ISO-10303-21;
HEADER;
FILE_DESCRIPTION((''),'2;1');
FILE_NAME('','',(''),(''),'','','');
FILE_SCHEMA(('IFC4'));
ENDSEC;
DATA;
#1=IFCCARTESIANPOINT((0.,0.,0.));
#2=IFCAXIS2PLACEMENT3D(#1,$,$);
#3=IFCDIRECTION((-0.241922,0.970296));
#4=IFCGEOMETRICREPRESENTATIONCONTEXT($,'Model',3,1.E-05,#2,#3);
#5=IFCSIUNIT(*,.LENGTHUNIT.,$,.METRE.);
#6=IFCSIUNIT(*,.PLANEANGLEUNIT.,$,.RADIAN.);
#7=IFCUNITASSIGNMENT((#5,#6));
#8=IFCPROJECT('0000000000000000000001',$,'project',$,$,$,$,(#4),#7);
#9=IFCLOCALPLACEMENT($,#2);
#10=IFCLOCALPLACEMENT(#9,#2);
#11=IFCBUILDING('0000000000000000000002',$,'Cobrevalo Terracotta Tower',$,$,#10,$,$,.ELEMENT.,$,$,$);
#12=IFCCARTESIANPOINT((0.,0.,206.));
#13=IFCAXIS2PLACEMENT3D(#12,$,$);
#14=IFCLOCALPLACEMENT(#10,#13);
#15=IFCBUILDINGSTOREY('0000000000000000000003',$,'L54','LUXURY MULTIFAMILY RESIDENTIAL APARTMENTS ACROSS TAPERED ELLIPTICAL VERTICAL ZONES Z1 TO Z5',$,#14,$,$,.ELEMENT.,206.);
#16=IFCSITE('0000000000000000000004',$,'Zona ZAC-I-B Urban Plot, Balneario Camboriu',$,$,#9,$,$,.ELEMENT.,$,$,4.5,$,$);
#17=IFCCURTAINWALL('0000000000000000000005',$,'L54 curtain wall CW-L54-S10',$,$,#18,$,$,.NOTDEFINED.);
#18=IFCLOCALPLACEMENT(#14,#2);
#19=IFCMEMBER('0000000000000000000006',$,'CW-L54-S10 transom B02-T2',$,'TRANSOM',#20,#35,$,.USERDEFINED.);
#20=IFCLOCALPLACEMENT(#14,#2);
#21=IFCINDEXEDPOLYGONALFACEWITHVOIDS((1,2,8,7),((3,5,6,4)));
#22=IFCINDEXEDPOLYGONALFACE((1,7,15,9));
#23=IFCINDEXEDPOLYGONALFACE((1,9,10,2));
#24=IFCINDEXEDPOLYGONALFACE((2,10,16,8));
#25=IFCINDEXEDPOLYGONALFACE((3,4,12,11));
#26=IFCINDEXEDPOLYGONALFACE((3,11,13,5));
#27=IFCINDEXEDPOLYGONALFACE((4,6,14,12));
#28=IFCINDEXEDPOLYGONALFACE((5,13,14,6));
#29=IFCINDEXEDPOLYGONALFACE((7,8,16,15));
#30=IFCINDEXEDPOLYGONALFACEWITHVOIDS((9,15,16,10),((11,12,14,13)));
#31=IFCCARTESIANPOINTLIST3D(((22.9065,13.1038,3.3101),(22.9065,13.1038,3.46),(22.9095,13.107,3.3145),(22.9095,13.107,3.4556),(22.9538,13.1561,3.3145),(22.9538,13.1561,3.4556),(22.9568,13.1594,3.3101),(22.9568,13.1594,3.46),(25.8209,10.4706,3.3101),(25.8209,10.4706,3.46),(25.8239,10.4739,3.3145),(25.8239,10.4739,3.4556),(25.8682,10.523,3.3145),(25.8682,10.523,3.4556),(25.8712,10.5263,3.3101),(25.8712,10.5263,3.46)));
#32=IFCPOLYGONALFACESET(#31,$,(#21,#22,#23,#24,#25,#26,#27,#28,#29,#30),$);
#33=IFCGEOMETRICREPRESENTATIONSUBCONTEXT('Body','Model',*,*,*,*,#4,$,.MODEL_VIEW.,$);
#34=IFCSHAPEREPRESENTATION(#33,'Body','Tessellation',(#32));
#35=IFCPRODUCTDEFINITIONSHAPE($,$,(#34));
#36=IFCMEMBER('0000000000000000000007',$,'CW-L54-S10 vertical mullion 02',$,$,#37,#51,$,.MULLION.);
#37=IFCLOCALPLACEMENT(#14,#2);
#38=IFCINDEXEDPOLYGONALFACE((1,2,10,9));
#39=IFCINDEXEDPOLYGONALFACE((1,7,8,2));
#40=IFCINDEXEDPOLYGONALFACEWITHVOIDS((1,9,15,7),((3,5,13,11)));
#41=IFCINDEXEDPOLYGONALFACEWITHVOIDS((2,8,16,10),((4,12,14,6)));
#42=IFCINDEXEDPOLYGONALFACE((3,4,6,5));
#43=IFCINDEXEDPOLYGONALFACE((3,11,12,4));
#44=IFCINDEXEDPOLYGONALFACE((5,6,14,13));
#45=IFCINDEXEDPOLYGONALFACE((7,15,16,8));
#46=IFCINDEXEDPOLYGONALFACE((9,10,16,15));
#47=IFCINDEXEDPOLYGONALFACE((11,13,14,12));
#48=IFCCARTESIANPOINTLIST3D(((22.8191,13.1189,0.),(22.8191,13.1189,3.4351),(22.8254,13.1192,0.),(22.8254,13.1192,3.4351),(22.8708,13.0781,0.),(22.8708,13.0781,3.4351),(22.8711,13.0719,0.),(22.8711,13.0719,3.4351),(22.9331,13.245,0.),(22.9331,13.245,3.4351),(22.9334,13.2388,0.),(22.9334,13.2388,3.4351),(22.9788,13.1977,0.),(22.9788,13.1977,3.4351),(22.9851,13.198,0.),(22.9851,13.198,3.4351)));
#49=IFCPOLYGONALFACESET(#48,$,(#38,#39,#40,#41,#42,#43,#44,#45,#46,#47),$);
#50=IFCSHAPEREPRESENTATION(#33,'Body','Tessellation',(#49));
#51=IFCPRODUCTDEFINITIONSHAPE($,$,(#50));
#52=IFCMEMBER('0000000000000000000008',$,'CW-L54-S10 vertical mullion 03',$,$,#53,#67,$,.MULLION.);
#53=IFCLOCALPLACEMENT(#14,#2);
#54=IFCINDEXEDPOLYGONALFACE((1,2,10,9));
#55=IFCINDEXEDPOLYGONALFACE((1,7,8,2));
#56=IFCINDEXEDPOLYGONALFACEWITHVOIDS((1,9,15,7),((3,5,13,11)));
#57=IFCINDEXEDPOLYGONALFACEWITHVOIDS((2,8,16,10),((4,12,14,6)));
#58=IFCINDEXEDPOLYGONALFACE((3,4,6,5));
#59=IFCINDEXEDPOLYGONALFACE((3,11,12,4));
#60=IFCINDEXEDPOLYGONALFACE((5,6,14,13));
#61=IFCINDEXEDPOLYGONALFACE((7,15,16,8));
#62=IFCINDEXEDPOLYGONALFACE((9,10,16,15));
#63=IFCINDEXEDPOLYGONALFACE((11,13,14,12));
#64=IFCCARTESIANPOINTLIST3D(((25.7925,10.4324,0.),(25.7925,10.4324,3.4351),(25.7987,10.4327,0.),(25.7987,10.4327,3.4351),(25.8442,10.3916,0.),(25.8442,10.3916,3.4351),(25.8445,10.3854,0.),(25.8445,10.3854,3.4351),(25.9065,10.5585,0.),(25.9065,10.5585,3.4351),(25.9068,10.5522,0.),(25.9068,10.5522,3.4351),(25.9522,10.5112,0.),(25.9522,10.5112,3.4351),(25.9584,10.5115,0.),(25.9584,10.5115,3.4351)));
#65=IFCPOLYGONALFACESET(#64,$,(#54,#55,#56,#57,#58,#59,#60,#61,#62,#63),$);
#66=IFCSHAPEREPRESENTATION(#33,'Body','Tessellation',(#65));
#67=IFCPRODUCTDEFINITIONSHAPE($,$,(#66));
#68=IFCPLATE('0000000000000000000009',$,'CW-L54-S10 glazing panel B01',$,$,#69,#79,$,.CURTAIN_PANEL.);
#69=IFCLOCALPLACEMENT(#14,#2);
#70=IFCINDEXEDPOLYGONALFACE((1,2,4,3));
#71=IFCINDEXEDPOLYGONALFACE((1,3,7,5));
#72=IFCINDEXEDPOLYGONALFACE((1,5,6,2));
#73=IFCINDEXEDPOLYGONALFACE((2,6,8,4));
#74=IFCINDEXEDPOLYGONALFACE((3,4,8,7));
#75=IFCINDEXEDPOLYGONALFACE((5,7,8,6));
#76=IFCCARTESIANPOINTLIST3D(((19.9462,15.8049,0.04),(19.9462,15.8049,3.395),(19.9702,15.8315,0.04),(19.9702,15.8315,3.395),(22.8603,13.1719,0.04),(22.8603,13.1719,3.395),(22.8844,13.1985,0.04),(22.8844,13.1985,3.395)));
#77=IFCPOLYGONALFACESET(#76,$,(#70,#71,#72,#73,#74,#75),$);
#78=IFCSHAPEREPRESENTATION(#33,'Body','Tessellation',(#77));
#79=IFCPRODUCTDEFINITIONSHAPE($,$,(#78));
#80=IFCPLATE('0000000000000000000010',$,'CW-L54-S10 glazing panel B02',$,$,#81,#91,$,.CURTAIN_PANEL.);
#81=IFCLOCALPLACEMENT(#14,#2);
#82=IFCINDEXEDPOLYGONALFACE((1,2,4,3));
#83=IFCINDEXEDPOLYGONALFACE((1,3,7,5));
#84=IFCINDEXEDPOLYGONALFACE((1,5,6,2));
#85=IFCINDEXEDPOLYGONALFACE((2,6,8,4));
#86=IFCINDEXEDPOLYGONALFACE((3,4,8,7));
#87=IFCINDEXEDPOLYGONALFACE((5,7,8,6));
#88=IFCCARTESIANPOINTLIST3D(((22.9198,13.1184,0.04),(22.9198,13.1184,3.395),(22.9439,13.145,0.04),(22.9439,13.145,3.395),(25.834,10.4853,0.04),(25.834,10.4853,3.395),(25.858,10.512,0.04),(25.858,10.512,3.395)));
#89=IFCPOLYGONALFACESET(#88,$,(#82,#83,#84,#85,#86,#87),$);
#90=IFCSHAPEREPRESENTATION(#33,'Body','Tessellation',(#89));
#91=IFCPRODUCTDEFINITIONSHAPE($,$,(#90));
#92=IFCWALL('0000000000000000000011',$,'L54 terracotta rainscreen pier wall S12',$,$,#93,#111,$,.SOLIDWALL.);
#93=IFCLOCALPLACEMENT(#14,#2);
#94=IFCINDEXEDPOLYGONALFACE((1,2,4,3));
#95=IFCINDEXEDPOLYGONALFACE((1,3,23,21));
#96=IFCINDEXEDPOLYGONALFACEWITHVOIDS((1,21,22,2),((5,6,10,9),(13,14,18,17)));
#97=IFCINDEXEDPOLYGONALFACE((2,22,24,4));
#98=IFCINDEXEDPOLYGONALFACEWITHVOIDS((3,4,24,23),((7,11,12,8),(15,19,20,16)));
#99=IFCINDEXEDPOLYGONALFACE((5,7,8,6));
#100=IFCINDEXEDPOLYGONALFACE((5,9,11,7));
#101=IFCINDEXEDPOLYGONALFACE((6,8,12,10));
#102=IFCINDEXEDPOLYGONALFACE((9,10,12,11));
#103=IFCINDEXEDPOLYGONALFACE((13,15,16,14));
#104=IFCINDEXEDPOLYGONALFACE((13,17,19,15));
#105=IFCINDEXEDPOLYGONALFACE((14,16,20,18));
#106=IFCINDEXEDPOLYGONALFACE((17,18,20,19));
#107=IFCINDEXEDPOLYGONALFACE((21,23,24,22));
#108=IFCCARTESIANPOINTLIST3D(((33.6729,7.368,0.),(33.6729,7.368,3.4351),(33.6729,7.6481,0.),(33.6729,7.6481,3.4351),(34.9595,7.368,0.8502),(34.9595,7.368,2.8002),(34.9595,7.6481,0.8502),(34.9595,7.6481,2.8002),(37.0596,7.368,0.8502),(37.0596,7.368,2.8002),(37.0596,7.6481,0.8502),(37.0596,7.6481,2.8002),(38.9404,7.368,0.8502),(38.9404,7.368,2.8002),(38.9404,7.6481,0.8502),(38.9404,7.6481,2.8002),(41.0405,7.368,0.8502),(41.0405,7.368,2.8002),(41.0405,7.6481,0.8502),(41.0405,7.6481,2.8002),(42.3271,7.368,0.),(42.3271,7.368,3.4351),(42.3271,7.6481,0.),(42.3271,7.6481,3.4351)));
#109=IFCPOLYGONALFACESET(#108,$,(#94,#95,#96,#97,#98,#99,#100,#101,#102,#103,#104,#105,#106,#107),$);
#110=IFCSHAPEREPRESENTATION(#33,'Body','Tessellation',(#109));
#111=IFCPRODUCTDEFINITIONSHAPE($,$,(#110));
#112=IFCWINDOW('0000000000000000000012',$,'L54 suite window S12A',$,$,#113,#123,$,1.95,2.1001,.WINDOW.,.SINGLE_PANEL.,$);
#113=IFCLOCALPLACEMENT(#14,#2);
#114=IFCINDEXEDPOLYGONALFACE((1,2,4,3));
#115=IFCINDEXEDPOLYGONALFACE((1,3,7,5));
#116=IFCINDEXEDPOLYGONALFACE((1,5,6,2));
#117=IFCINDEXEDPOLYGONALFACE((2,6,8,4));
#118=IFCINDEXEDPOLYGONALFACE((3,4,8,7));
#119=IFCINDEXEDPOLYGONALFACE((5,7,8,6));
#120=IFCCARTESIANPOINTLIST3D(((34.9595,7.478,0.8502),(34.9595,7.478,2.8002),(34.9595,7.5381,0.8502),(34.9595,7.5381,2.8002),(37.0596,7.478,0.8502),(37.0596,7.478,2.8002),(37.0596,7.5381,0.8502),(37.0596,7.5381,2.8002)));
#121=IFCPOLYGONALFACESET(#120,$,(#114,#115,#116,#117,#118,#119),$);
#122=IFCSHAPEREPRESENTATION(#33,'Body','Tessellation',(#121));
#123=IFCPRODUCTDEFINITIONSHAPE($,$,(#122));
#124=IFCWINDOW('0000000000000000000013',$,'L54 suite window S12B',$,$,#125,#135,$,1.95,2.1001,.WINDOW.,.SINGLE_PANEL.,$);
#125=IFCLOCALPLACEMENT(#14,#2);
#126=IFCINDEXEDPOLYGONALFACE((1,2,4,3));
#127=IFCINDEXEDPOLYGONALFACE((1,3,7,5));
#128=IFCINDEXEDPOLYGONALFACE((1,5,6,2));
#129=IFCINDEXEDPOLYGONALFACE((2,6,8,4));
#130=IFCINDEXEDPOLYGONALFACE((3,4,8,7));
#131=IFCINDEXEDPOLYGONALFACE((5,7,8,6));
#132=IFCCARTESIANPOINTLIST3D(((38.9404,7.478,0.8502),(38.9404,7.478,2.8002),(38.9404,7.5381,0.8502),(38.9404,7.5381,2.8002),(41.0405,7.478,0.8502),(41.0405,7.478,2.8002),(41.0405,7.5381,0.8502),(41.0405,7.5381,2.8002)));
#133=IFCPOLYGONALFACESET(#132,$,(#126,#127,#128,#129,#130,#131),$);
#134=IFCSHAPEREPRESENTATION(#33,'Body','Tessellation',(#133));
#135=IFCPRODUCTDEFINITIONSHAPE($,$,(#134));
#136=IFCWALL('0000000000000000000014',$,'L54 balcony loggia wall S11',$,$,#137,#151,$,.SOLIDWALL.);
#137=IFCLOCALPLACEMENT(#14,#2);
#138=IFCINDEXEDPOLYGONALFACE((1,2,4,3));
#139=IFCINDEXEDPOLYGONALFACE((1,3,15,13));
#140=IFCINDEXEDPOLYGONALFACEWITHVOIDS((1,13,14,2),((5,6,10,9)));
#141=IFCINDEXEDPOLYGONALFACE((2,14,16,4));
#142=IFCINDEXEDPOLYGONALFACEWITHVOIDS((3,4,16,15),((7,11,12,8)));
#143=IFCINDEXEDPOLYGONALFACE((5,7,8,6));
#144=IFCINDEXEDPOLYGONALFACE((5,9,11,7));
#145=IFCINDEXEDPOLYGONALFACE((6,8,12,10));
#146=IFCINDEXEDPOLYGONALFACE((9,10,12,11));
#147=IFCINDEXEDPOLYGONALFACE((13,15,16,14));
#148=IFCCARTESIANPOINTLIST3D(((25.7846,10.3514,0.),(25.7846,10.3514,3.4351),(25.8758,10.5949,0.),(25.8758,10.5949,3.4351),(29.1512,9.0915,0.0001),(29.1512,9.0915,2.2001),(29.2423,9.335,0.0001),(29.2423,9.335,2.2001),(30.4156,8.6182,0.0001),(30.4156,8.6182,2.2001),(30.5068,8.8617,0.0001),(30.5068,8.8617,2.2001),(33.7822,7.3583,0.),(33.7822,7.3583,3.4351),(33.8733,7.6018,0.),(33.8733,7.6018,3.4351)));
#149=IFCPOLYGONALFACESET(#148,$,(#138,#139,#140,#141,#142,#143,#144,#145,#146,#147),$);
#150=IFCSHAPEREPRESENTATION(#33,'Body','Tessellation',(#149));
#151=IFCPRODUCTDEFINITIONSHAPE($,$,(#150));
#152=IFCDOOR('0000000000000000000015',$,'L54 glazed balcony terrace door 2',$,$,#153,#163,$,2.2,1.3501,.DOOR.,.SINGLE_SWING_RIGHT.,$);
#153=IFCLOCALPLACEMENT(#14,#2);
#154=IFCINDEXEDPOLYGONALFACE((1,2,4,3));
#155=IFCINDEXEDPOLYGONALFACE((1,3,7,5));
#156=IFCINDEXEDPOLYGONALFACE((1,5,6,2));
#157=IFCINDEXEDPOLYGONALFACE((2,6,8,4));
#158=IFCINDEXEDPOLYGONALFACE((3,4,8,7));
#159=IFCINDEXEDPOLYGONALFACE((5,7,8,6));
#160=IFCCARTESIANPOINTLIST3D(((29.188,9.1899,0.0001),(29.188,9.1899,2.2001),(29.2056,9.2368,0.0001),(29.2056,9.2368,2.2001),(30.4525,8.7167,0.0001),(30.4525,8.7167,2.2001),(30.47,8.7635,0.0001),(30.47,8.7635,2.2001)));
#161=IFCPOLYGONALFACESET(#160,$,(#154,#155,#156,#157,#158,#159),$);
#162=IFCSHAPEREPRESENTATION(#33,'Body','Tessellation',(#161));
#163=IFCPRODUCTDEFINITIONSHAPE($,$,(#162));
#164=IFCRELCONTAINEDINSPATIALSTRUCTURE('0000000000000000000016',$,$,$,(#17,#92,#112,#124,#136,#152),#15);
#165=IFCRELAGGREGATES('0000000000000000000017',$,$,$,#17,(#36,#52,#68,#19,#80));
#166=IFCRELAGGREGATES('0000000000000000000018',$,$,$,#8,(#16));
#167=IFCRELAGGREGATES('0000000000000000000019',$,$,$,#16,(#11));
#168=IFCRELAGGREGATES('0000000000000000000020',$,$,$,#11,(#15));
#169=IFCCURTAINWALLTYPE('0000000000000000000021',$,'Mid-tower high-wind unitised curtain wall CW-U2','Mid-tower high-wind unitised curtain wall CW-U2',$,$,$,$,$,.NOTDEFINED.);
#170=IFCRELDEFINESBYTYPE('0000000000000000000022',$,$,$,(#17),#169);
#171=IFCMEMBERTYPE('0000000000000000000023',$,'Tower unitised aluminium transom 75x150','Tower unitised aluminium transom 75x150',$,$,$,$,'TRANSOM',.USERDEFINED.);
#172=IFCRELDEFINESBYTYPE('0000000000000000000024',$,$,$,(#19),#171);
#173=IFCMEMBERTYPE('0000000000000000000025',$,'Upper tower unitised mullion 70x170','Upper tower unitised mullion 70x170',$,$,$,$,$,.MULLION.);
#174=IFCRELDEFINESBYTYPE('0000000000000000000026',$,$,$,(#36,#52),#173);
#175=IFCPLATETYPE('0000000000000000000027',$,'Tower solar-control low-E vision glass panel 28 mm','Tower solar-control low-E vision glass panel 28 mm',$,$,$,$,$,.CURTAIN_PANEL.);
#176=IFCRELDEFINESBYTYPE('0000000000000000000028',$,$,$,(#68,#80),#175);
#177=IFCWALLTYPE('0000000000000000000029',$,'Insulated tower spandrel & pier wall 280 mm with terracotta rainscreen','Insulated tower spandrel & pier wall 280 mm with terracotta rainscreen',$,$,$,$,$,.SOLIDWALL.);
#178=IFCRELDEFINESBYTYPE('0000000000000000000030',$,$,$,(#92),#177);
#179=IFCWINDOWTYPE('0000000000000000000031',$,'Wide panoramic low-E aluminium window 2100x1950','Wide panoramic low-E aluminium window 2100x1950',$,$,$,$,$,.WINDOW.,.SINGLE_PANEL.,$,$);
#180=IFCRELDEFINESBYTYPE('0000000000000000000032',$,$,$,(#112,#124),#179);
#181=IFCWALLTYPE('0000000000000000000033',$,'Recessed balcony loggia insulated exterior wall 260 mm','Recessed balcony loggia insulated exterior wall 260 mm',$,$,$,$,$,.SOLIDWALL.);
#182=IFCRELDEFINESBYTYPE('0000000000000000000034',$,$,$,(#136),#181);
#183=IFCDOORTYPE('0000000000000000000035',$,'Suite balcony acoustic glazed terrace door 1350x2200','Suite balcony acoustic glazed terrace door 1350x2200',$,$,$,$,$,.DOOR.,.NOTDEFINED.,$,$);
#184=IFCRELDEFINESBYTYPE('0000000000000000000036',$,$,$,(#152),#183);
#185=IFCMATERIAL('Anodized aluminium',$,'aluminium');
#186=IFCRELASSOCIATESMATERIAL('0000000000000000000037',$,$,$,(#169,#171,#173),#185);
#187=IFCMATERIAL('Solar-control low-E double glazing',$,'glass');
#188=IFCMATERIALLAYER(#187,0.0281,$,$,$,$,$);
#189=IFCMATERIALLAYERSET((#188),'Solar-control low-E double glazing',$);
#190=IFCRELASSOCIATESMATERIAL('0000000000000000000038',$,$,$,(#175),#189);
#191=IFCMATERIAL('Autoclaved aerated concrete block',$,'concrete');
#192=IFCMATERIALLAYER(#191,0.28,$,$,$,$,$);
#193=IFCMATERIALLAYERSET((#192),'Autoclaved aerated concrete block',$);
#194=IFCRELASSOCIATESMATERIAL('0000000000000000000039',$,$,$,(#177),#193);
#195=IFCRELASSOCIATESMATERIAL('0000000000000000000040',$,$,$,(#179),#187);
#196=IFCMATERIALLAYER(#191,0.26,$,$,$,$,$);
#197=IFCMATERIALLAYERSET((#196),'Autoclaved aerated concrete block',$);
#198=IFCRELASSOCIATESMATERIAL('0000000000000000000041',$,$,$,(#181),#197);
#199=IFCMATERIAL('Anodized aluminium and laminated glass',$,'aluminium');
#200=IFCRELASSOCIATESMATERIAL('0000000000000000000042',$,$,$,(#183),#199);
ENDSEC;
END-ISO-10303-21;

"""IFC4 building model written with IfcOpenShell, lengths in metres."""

from ifc_helpers import new_model, si_unit, direction, frame, frame_2d, origin, origin_2d, place, context, subcontext, project, spatial, rectangle, hollow_rectangle, extrude, source, transform, mapped, material, layer, layer_set, material_profile, profile_set, type_object, element, fill, aggregate, save


model = new_model("IFC4")

# Units and contexts
model_context = context("Model", 3, precision=1e-05, world=origin(), true_north=direction((-0.241922, 0.970296)))
body_context = subcontext(model_context, "Body", "Model", "MODEL_VIEW")
ifc_project = project(units=[si_unit("LENGTHUNIT", "METRE"), si_unit("PLANEANGLEUNIT", "RADIAN")], contexts=[model_context])

# Site, building, storey
site_placement = place(None, origin())
site = spatial("IfcSite", under=ifc_project, at=site_placement, Name="Zona ZAC-I-B Urban Plot, Balneario Camboriu", CompositionType="ELEMENT", RefElevation=4.5)
building_placement = place(site_placement, origin())
building = spatial("IfcBuilding", under=site, at=building_placement, Name="Cobrevalo Terracotta Tower", CompositionType="ELEMENT")
storey_placement = place(building_placement, frame((0.0, 0.0, 206.0)))
storey = spatial("IfcBuildingStorey", under=building, at=storey_placement, Name="L54", Description="LUXURY MULTIFAMILY RESIDENTIAL APARTMENTS ACROSS TAPERED ELLIPTICAL VERTICAL ZONES Z1 TO Z5", CompositionType="ELEMENT", Elevation=206.0)

# Curtain wall, members, plates
ifc_material_1 = material(Name="Anodized aluminium", Category="aluminium")
curtain_wall_type = type_object("IfcCurtainWallType", Name="Mid-tower high-wind unitised curtain wall CW-U2", Description="Mid-tower high-wind unitised curtain wall CW-U2", PredefinedType="NOTDEFINED", material=ifc_material_1)
curtain_wall_placement = place(storey_placement, origin())
curtain_wall = element("IfcCurtainWall", 1, at=curtain_wall_placement, inside=storey, type_object=curtain_wall_type, Name="L54 curtain wall CW-L54-S10", PredefinedType="NOTDEFINED")
ifc_material_profile_1 = material_profile(ifc_material_1, hollow_rectangle(XDim=0.075, YDim=0.1499, WallThickness=0.0044, at=origin_2d()), Name="CWT 75x150")
ifc_profile_set_1 = profile_set([ifc_material_profile_1], Name="Anodized aluminium")
member_type_1 = type_object("IfcMemberType", Name="Tower unitised aluminium transom 75x150", Description="Tower unitised aluminium transom 75x150", ElementType="TRANSOM", PredefinedType="USERDEFINED", material=ifc_profile_set_1)
shared_shape_1 = source(origin(), body_context, "Body", "SweptSolid", [
    extrude(hollow_rectangle(XDim=0.075, YDim=0.1499, WallThickness=0.0044, at=origin_2d()), origin(), (0.0, 0.0, 1.0), 3.9277),
])
member_1_placement = place(storey_placement, frame((22.9316, 13.1316, 3.385), z_axis=(0.742004, -0.670396, 0.0), x_axis=(0.670396, 0.742004, 0.0)))
member_1 = element("IfcMember", 2, at=member_1_placement, type_object=member_type_1, Name="CW-L54-S10 transom B02-T2", ObjectType="TRANSOM", PredefinedType="USERDEFINED", context=body_context, shape_type="MappedRepresentation", body=[
    mapped(shared_shape_1, transform((0.0, 0.0, 0.0), scale=1.0)),
])
ifc_material_profile_2 = material_profile(ifc_material_1, hollow_rectangle(XDim=0.0701, YDim=0.1699, WallThickness=0.0044, at=origin_2d()), Name="CWM 70x170")
ifc_profile_set_2 = profile_set([ifc_material_profile_2], Name="Anodized aluminium")
member_type_2 = type_object("IfcMemberType", Name="Upper tower unitised mullion 70x170", Description="Upper tower unitised mullion 70x170", PredefinedType="MULLION", material=ifc_profile_set_2)
shared_shape_2 = source(origin(), body_context, "Body", "SweptSolid", [
    extrude(hollow_rectangle(XDim=0.0701, YDim=0.1699, WallThickness=0.0044, at=origin_2d()), origin(), (0.0, 0.0, 1.0), 3.4351),
])
member_2_placement = place(storey_placement, frame((22.9021, 13.1584, 0.0), z_axis=(0.0, 0.0, 1.0), x_axis=(0.741988, -0.670414, 0.0)))
member_2 = element("IfcMember", 3, at=member_2_placement, type_object=member_type_2, Name="CW-L54-S10 vertical mullion 02", PredefinedType="MULLION", context=body_context, shape_type="MappedRepresentation", body=[
    mapped(shared_shape_2, transform((0.0, 0.0, 0.0), scale=1.0)),
])
member_3_placement = place(storey_placement, frame((25.8755, 10.4719, 0.0), z_axis=(0.0, 0.0, 1.0), x_axis=(0.741988, -0.670414, 0.0)))
member_3 = element("IfcMember", 4, at=member_3_placement, type_object=member_type_2, Name="CW-L54-S10 vertical mullion 03", PredefinedType="MULLION", context=body_context, shape_type="MappedRepresentation", body=[
    mapped(shared_shape_2, transform((0.0, 0.0, 0.0), scale=1.0)),
])
ifc_material_2 = material(Name="Solar-control low-E double glazing", Category="glass")
ifc_layer_1 = layer(ifc_material_2, 0.0281)
ifc_layer_set_1 = layer_set([ifc_layer_1], Name="Solar-control low-E double glazing")
plate_type = type_object("IfcPlateType", Name="Tower solar-control low-E vision glass panel 28 mm", Description="Tower solar-control low-E vision glass panel 28 mm", PredefinedType="CURTAIN_PANEL", material=ifc_layer_set_1)
shared_shape_3 = source(origin(), body_context, "Body", "SweptSolid", [
    extrude(rectangle(XDim=3.9275, YDim=0.0359, at=origin_2d()), origin(), (0.0, 0.0, 1.0), 3.355),
])
plate_1_placement = place(storey_placement, frame((21.4153, 14.5017, 0.04), z_axis=(0.0, 0.0, 1.0), x_axis=(0.741988, -0.670414, 0.0)))
plate_1 = element("IfcPlate", 5, at=plate_1_placement, type_object=plate_type, Name="CW-L54-S10 glazing panel B01", PredefinedType="CURTAIN_PANEL", context=body_context, shape_type="MappedRepresentation", body=[
    mapped(shared_shape_3, transform((0.0, 0.0, 0.0), scale=1.0)),
])
plate_2_placement = place(storey_placement, frame((24.3889, 11.8152, 0.04), z_axis=(0.0, 0.0, 1.0), x_axis=(0.741988, -0.670414, 0.0)))
plate_2 = element("IfcPlate", 6, at=plate_2_placement, type_object=plate_type, Name="CW-L54-S10 glazing panel B02", PredefinedType="CURTAIN_PANEL", context=body_context, shape_type="MappedRepresentation", body=[
    mapped(shared_shape_3, transform((0.0, 0.0, 0.0), scale=1.0)),
])
aggregate(curtain_wall, [member_2, member_3, plate_1, member_1, plate_2])

# Wall, openings, windows
ifc_material_3 = material(Name="Autoclaved aerated concrete block", Category="concrete")
ifc_layer_2 = layer(ifc_material_3, 0.28)
ifc_layer_set_2 = layer_set([ifc_layer_2], Name="Autoclaved aerated concrete block")
wall_type_1 = type_object("IfcWallType", Name="Insulated tower spandrel & pier wall 280 mm with terracotta rainscreen", Description="Insulated tower spandrel & pier wall 280 mm with terracotta rainscreen", PredefinedType="SOLIDWALL", material=ifc_layer_set_2)
wall_1_placement = place(storey_placement, frame((33.6729, 7.5081, 0.0), z_axis=(0.0, 0.0, 1.0), x_axis=(1.0, 0.0, 0.0)))
wall_1 = element("IfcWall", 7, at=wall_1_placement, inside=storey, type_object=wall_type_1, Name="L54 terracotta rainscreen pier wall S12", PredefinedType="SOLIDWALL", context=body_context, shape_type="SweptSolid", body=[
    extrude(rectangle(XDim=8.6543, YDim=0.28, at=frame_2d((4.3271, 0.0))), origin(), (0.0, 0.0, 1.0), 3.4351),
])
opening_1_placement = place(wall_1_placement, frame((1.2866, 0.0, 0.8501)))
opening_1 = element("IfcOpeningElement", 8, at=opening_1_placement, cuts=wall_1, PredefinedType="OPENING", context=body_context, shape_type="SweptSolid", body=[
    extrude(rectangle(XDim=2.1001, YDim=1.95, at=frame_2d((1.05, 0.9751))), frame((0.0, 0.1499, 0.0), z_axis=(0.0, -1.0, 0.0), x_axis=(1.0, 0.0, 0.0)), (0.0, 0.0, 1.0), 0.3),
])
opening_2_placement = place(wall_1_placement, frame((5.2676, 0.0, 0.8501)))
opening_2 = element("IfcOpeningElement", 9, at=opening_2_placement, cuts=wall_1, PredefinedType="OPENING", context=body_context, shape_type="SweptSolid", body=[
    extrude(rectangle(XDim=2.1001, YDim=1.95, at=frame_2d((1.05, 0.9751))), frame((0.0, 0.1499, 0.0), z_axis=(0.0, -1.0, 0.0), x_axis=(1.0, 0.0, 0.0)), (0.0, 0.0, 1.0), 0.3),
])
window_type = type_object("IfcWindowType", Name="Wide panoramic low-E aluminium window 2100x1950", Description="Wide panoramic low-E aluminium window 2100x1950", PartitioningType="SINGLE_PANEL", PredefinedType="WINDOW", material=ifc_material_2)
shared_shape_4 = source(origin(), body_context, "Body", "SweptSolid", [
    extrude(rectangle(XDim=2.1001, YDim=1.95, at=frame_2d((1.05, 0.9751))), frame((0.0, 0.03, 0.0), z_axis=(0.0, -1.0, 0.0), x_axis=(1.0, 0.0, 0.0)), (0.0, 0.0, 1.0), 0.0601),
])
window_1_placement = place(opening_1_placement, origin())
window_1 = element("IfcWindow", 10, at=window_1_placement, inside=storey, type_object=window_type, Name="L54 suite window S12A", OverallHeight=1.95, OverallWidth=2.1001, PartitioningType="SINGLE_PANEL", PredefinedType="WINDOW", context=body_context, shape_type="MappedRepresentation", body=[
    mapped(shared_shape_4, transform((0.0, 0.0, 0.0), scale=1.0)),
])
fill(opening_1, window_1)
window_2_placement = place(opening_2_placement, origin())
window_2 = element("IfcWindow", 11, at=window_2_placement, inside=storey, type_object=window_type, Name="L54 suite window S12B", OverallHeight=1.95, OverallWidth=2.1001, PartitioningType="SINGLE_PANEL", PredefinedType="WINDOW", context=body_context, shape_type="MappedRepresentation", body=[
    mapped(shared_shape_4, transform((0.0, 0.0, 0.0), scale=1.0)),
])
fill(opening_2, window_2)

# Wall, opening, door
ifc_layer_3 = layer(ifc_material_3, 0.26)
ifc_layer_set_3 = layer_set([ifc_layer_3], Name="Autoclaved aerated concrete block")
wall_type_2 = type_object("IfcWallType", Name="Recessed balcony loggia insulated exterior wall 260 mm", Description="Recessed balcony loggia insulated exterior wall 260 mm", PredefinedType="SOLIDWALL", material=ifc_layer_set_3)
wall_2_placement = place(storey_placement, frame((25.8303, 10.4731, 0.0), z_axis=(0.0, 0.0, 1.0), x_axis=(0.936557, -0.350516, 0.0)))
wall_2 = element("IfcWall", 12, at=wall_2_placement, inside=storey, type_object=wall_type_2, Name="L54 balcony loggia wall S11", PredefinedType="SOLIDWALL", context=body_context, shape_type="SweptSolid", body=[
    extrude(rectangle(XDim=8.5393, YDim=0.26, at=frame_2d((4.2695, 0.0))), origin(), (0.0, 0.0, 1.0), 3.4351),
])
opening_3_placement = place(wall_2_placement, frame((3.5945, 0.0, 0.0)))
opening_3 = element("IfcOpeningElement", 13, at=opening_3_placement, cuts=wall_2, PredefinedType="OPENING", context=body_context, shape_type="SweptSolid", body=[
    extrude(rectangle(XDim=1.3501, YDim=2.2, at=frame_2d((0.675, 1.1001))), frame((0.0, 0.1401, 0.0), z_axis=(0.0, -1.0, 0.0), x_axis=(1.0, 0.0, 0.0)), (0.0, 0.0, 1.0), 0.28),
])
ifc_material_4 = material(Name="Anodized aluminium and laminated glass", Category="aluminium")
door_type_1 = type_object("IfcDoorType", Name="Suite balcony acoustic glazed terrace door 1350x2200", Description="Suite balcony acoustic glazed terrace door 1350x2200", OperationType="NOTDEFINED", PredefinedType="DOOR", material=ifc_material_4)
shared_shape_5 = source(origin(), body_context, "Body", "SweptSolid", [
    extrude(rectangle(XDim=1.3501, YDim=2.2, at=frame_2d((0.675, 1.1001))), frame((0.0, 0.0249, 0.0), z_axis=(0.0, -1.0, 0.0), x_axis=(1.0, 0.0, 0.0)), (0.0, 0.0, 1.0), 0.05),
])
door_1_placement = place(opening_3_placement, frame((1.3501, 0.0, 0.0), z_axis=(0.0, 0.0, 1.0), x_axis=(-1.0, 0.0, 0.0)))
door_1 = element("IfcDoor", 14, at=door_1_placement, inside=storey, type_object=door_type_1, Name="L54 glazed balcony terrace door 2", OperationType="SINGLE_SWING_RIGHT", OverallHeight=2.2, OverallWidth=1.3501, PredefinedType="DOOR", context=body_context, shape_type="MappedRepresentation", body=[
    mapped(shared_shape_5, transform((0.0, 0.0, 0.0), scale=1.0)),
])
fill(opening_3, door_1)

save(model, "model.ifc")
